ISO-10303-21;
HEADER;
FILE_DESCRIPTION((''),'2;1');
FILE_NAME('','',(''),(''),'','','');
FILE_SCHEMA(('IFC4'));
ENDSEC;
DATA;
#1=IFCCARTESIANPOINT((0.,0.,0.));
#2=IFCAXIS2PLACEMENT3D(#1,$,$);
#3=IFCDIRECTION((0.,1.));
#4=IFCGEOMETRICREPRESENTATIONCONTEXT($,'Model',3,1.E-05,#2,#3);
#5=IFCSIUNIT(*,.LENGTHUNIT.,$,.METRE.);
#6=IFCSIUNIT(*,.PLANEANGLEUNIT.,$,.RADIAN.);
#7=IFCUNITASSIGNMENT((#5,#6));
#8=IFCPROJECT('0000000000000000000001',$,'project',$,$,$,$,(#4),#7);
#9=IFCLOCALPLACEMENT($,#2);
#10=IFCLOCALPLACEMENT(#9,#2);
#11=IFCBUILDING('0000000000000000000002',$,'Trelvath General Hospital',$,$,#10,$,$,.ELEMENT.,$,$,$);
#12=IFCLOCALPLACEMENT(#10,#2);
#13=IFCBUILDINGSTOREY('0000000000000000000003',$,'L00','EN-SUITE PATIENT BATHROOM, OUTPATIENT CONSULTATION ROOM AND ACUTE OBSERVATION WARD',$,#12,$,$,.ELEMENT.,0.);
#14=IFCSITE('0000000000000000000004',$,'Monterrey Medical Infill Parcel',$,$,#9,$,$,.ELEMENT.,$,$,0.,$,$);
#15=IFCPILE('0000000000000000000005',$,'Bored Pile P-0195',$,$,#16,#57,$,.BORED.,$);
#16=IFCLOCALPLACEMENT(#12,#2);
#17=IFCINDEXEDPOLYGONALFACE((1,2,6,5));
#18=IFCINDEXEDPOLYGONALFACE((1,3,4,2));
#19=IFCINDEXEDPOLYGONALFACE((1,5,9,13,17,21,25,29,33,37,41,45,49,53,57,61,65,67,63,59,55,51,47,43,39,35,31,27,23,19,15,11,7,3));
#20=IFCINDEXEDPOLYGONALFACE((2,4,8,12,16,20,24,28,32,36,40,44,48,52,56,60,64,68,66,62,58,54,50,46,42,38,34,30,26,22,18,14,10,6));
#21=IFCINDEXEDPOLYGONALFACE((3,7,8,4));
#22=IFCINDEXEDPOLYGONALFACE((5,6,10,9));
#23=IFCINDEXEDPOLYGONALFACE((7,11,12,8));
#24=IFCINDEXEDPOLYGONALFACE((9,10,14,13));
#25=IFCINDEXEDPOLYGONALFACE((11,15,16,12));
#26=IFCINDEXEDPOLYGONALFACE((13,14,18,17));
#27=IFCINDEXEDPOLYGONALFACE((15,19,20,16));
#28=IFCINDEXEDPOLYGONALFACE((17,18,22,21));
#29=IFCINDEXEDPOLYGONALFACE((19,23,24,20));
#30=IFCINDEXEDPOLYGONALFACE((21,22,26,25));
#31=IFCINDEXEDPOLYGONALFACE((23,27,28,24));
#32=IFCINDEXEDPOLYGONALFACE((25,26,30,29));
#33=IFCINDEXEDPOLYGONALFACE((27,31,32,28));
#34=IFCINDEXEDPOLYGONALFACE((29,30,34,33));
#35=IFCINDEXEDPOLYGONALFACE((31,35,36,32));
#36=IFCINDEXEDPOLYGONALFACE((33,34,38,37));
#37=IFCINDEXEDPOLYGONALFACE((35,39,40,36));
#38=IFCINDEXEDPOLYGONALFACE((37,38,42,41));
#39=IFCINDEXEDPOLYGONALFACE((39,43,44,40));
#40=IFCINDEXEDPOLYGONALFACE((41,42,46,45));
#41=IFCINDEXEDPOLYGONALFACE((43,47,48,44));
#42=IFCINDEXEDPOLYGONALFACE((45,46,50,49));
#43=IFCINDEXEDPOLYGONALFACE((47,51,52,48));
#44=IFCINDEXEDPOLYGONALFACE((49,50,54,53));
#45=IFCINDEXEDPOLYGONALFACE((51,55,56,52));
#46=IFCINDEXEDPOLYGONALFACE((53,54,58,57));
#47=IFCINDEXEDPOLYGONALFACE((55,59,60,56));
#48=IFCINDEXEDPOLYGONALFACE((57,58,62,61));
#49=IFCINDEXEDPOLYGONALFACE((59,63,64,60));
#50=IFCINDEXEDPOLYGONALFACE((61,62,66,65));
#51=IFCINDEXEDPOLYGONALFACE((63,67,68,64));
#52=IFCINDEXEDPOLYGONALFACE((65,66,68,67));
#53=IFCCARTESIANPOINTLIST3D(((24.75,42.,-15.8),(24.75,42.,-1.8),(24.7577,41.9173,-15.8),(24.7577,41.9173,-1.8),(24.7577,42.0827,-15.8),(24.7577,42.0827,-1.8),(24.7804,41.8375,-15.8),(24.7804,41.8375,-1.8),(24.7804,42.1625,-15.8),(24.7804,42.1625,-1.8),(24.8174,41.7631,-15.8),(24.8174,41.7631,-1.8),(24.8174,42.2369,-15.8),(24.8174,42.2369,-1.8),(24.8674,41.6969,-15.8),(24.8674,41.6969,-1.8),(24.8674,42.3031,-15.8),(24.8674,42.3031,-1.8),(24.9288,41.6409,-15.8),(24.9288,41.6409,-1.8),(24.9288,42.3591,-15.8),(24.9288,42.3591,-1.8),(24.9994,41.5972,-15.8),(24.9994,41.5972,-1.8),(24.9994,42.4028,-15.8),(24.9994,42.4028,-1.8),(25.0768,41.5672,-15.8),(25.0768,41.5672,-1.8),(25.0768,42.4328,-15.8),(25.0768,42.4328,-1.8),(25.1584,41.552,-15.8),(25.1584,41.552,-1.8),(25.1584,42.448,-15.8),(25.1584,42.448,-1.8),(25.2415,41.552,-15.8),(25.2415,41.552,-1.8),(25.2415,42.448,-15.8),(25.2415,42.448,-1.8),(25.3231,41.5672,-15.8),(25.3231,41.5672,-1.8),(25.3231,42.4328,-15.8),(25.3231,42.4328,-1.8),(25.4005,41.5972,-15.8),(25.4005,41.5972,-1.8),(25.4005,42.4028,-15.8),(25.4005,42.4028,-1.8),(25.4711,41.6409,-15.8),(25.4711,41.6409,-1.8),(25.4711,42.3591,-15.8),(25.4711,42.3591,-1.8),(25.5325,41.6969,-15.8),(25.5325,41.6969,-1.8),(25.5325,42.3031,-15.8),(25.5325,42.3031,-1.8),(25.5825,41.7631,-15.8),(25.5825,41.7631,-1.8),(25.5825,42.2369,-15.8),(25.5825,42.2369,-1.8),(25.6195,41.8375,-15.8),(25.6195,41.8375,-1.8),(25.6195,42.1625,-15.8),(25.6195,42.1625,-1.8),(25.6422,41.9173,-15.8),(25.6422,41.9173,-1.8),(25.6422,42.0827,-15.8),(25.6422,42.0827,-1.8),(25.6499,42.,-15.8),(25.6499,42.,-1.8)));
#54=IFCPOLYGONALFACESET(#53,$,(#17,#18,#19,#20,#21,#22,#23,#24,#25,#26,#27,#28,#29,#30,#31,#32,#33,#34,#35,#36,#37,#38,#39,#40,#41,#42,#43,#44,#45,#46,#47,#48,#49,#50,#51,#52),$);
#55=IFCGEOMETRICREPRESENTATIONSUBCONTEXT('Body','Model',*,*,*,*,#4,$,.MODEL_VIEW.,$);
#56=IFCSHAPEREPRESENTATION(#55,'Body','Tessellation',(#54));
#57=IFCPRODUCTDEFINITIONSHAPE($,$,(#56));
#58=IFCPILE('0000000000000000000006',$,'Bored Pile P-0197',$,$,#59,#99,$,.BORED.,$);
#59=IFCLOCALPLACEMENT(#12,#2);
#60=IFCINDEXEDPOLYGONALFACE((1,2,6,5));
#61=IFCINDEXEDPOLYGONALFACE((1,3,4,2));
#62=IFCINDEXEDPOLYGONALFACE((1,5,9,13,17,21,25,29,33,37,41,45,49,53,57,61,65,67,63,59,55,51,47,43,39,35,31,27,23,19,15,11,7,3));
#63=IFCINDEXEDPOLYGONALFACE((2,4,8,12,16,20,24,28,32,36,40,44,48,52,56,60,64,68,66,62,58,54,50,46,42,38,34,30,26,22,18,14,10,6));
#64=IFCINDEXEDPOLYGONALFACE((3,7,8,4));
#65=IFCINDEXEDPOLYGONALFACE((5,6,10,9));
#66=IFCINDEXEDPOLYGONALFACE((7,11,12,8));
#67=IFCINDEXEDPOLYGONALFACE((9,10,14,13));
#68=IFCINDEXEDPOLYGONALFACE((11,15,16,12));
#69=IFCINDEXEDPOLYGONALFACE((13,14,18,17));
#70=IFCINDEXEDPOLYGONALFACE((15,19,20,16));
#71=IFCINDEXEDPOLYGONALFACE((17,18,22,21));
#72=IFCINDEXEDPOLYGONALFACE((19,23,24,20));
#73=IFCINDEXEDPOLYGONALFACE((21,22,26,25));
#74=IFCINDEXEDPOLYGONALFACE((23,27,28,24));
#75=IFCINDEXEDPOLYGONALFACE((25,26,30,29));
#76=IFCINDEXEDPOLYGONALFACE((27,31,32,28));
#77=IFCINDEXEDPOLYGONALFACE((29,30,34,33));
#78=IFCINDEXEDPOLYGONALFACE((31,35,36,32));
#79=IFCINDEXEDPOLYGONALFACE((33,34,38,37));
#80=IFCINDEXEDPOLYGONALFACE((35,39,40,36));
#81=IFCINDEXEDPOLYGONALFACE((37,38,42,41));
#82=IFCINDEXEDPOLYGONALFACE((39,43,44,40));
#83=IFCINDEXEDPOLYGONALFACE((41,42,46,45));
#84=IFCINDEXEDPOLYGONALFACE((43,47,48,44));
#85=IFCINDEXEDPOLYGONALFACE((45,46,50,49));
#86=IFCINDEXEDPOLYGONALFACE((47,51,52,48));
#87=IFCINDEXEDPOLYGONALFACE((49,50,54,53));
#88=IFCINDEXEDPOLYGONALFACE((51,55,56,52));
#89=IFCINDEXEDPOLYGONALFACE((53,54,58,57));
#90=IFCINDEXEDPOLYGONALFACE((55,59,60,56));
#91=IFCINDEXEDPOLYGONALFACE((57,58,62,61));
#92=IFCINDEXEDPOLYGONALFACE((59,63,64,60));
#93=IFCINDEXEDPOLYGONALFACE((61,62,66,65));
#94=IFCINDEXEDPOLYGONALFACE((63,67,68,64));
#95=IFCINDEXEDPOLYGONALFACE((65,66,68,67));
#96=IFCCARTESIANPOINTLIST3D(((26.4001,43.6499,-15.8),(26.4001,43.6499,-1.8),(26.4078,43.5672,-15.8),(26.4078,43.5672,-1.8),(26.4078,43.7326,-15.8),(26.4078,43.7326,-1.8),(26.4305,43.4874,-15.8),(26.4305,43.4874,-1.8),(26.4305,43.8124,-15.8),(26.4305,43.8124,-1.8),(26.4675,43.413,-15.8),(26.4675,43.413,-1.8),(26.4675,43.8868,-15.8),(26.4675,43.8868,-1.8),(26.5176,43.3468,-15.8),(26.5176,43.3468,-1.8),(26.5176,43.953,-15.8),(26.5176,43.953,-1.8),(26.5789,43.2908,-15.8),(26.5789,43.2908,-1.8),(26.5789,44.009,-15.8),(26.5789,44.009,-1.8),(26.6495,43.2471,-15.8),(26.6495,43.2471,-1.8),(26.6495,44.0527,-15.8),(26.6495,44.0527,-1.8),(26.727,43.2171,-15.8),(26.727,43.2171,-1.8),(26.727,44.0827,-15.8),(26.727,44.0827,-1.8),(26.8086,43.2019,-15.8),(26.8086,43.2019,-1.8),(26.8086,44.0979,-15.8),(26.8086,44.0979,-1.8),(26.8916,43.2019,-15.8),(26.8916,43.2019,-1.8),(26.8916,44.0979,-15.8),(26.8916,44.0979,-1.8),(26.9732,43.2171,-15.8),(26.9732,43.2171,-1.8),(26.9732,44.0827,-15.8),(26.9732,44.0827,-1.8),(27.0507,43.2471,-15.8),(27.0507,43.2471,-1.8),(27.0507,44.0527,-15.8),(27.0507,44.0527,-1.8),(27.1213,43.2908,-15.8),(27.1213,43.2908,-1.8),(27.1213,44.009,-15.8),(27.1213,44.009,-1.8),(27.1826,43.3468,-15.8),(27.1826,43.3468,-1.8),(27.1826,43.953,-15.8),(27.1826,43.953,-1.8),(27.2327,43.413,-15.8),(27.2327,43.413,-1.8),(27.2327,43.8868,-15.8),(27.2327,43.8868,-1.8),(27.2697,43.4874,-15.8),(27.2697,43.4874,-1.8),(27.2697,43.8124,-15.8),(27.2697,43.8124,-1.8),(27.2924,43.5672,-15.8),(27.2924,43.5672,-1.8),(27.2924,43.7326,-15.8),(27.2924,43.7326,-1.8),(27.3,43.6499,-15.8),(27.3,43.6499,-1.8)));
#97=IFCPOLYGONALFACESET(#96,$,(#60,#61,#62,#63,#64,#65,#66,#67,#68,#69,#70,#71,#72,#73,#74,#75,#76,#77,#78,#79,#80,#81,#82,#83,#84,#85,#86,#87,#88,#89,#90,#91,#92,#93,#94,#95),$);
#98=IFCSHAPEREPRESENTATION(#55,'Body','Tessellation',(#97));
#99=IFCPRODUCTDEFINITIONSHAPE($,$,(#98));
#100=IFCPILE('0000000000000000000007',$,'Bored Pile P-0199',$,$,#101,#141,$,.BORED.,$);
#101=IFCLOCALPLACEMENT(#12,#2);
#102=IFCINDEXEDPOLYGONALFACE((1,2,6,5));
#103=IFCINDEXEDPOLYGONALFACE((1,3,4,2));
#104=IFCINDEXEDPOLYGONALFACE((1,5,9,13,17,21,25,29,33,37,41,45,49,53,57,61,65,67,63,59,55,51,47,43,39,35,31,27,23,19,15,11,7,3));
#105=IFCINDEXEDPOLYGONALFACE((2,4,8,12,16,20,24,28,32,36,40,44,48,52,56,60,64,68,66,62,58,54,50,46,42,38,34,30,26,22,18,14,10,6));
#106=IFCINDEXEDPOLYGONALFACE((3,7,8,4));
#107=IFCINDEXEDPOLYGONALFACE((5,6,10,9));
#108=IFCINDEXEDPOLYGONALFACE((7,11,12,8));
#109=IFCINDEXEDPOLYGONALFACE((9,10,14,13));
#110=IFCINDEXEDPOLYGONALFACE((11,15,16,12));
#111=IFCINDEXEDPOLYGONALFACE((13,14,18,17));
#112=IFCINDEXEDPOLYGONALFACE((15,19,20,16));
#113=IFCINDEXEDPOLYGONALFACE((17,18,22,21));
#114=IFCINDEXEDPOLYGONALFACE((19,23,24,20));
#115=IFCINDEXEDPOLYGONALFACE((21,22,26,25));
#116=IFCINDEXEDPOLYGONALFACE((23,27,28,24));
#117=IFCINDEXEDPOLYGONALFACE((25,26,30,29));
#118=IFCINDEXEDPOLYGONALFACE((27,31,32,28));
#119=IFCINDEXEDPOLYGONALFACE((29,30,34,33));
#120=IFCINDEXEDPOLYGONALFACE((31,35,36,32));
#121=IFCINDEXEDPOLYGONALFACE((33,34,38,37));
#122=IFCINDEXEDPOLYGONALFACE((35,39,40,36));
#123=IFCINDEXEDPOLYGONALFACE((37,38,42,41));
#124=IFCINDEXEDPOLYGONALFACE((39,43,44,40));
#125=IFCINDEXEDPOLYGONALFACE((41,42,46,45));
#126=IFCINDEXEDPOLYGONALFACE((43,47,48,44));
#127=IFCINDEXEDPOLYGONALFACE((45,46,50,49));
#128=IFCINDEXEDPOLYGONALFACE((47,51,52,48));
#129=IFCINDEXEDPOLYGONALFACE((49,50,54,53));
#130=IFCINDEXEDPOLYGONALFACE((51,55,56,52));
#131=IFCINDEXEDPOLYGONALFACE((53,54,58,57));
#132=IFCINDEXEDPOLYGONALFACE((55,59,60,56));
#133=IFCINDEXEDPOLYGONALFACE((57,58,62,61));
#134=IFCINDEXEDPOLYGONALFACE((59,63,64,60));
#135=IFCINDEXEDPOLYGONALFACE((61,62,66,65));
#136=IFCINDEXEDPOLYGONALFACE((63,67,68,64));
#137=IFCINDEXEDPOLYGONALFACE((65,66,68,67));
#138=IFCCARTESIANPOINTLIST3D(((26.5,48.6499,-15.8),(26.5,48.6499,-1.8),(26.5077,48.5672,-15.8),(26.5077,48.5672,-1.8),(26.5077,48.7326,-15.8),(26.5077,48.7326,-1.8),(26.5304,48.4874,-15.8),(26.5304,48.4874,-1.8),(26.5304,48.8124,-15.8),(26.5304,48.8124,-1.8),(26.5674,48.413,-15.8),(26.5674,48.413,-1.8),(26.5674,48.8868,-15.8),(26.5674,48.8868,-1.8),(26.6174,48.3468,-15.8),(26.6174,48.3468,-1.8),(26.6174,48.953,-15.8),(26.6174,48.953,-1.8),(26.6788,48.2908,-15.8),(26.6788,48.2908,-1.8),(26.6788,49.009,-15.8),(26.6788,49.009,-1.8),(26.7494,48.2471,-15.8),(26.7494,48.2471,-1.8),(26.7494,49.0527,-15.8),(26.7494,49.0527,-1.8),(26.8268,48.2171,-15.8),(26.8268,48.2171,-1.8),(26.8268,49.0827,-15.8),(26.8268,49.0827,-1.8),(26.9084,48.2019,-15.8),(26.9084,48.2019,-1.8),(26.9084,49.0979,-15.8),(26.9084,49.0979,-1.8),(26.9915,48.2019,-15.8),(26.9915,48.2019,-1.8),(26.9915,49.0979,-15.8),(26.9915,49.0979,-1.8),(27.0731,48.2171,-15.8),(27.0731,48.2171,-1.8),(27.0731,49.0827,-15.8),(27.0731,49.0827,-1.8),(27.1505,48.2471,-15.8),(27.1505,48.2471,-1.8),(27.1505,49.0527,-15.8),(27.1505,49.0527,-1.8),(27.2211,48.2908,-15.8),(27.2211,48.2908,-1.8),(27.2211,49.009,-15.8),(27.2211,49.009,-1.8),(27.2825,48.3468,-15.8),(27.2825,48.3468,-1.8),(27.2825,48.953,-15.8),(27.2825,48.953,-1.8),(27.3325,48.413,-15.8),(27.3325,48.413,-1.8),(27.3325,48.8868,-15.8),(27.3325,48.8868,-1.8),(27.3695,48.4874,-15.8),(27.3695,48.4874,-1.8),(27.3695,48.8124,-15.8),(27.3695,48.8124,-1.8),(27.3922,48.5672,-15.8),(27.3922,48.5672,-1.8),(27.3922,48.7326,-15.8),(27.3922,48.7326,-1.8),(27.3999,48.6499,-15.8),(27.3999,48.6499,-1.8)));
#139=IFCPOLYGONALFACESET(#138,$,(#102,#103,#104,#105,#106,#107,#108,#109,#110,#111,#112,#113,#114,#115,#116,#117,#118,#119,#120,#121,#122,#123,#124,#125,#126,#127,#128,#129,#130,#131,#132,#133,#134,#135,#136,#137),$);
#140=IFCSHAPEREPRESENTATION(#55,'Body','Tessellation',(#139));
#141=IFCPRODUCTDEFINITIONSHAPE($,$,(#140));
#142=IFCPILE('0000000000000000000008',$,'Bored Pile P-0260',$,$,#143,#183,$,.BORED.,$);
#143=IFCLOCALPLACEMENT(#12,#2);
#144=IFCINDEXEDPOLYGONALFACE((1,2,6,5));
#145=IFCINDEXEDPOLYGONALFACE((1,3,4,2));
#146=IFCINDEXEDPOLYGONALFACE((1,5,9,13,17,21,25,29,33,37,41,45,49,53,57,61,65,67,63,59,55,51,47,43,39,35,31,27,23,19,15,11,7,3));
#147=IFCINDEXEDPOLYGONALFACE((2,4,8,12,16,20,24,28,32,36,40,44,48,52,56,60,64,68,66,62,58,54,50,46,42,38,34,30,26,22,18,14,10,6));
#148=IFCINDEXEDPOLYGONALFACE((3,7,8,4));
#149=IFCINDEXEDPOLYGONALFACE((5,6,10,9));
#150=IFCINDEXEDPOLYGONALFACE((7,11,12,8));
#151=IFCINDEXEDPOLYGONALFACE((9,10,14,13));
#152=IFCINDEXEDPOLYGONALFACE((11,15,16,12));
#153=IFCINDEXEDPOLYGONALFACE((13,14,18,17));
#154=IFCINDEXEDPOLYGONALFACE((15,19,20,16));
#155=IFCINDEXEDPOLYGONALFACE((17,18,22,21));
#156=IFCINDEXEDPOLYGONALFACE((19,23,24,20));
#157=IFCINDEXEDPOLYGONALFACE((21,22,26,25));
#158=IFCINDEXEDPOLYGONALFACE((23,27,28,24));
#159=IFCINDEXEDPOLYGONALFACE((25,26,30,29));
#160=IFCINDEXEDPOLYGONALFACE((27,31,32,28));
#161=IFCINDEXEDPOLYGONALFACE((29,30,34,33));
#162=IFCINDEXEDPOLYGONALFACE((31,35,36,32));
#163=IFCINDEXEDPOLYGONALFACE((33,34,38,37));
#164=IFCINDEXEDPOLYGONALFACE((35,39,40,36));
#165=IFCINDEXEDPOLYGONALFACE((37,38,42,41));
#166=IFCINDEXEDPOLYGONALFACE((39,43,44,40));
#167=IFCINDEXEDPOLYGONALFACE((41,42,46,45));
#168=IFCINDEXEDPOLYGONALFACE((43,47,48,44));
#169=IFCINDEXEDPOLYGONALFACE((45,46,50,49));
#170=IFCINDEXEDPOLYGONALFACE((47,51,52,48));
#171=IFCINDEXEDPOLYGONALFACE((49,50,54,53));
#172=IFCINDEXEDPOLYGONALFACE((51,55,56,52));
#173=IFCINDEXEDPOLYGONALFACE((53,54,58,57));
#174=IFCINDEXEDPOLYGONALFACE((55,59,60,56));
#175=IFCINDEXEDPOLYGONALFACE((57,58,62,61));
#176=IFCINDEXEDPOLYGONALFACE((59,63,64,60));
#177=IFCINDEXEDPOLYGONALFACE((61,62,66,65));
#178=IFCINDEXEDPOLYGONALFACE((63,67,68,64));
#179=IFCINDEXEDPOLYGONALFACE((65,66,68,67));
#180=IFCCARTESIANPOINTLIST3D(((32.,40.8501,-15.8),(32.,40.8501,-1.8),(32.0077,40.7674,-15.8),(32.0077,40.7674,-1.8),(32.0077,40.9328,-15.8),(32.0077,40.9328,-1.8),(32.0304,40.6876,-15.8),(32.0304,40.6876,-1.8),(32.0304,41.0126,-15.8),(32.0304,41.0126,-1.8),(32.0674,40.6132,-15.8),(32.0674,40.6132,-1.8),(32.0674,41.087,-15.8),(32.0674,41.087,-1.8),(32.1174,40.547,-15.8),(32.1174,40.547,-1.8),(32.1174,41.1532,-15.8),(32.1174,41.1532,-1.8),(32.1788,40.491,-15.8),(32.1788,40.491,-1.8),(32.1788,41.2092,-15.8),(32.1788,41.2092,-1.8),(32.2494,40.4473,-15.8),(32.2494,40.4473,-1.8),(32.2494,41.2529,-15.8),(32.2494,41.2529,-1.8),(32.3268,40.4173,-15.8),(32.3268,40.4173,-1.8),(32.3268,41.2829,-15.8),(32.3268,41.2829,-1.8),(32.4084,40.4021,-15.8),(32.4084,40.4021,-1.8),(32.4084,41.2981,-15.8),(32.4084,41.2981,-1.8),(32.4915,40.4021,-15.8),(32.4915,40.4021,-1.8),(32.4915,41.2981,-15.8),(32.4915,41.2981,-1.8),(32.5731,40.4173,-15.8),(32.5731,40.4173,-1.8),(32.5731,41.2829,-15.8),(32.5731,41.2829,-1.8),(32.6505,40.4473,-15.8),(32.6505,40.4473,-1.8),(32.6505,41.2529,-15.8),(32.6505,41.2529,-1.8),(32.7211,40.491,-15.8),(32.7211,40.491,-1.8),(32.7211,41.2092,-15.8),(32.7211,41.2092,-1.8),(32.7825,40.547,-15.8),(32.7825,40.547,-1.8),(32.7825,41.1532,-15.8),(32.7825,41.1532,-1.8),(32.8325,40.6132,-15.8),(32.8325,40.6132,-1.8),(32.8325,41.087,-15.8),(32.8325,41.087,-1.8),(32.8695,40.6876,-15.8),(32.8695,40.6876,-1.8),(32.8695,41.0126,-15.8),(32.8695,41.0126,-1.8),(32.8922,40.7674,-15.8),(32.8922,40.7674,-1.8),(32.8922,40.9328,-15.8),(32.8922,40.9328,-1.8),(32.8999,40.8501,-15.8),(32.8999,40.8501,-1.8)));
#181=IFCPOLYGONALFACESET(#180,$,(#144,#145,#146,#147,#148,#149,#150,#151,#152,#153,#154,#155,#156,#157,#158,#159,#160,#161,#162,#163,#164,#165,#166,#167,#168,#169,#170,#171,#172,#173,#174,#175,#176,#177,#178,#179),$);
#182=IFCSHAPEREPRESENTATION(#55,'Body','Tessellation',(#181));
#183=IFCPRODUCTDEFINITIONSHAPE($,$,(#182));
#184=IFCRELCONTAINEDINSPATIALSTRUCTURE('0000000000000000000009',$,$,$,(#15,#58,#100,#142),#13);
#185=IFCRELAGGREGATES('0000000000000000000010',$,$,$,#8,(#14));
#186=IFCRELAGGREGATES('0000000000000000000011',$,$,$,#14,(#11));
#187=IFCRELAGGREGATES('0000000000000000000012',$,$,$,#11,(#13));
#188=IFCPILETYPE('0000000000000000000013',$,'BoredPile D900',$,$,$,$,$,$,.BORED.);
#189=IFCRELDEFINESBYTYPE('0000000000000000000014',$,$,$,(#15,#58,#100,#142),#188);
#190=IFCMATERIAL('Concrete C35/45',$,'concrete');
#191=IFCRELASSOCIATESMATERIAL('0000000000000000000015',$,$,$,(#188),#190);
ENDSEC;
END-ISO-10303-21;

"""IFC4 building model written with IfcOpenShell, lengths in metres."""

from ifc_helpers import new_model, si_unit, direction, frame, origin, origin_2d, place, context, subcontext, project, spatial, circle, extrude, material, material_profile, profile_set, type_object, element, save


model = new_model("IFC4")

# Units and contexts
model_context = context("Model", 3, precision=1e-05, world=origin(), true_north=direction((0.0, 1.0)))
body_context = subcontext(model_context, "Body", "Model", "MODEL_VIEW")
ifc_project = project(units=[si_unit("LENGTHUNIT", "METRE"), si_unit("PLANEANGLEUNIT", "RADIAN")], contexts=[model_context])

# Site, building, storey
site_placement = place(None, origin())
site = spatial("IfcSite", under=ifc_project, at=site_placement, Name="Monterrey Medical Infill Parcel", CompositionType="ELEMENT", RefElevation=0.0)
building_placement = place(site_placement, origin())
building = spatial("IfcBuilding", under=site, at=building_placement, Name="Trelvath General Hospital", CompositionType="ELEMENT")
storey_placement = place(building_placement, origin())
storey = spatial("IfcBuildingStorey", under=building, at=storey_placement, Name="L00", Description="EN-SUITE PATIENT BATHROOM, OUTPATIENT CONSULTATION ROOM AND ACUTE OBSERVATION WARD", CompositionType="ELEMENT", Elevation=0.0)

# Piles
ifc_material_1 = material(Name="Concrete C35/45", Category="concrete")
ifc_material_profile_1 = material_profile(ifc_material_1, circle(Radius=0.45, at=origin_2d()), Name="PILE900")
ifc_profile_set_1 = profile_set([ifc_material_profile_1], Name="Concrete C35/45")
pile_type = type_object("IfcPileType", Name="BoredPile D900", PredefinedType="BORED", material=ifc_profile_set_1)
for number, where, z_axis, x_axis, name in (
    (1, (25.2, 42.0, -1.8), (0.0, 0.0, -1.0), (1.0, 0.0, 0.0), "Bored Pile P-0195"),
    (2, (26.8501, 43.6499, -1.8), (0.0, 0.0, -1.0), (1.0, 0.0, 0.0), "Bored Pile P-0197"),
    (3, (26.95, 48.6499, -1.8), (0.0, 0.0, -1.0), (1.0, 0.0, 0.0), "Bored Pile P-0199"),
    (4, (32.45, 40.8501, -1.8), (0.0, 0.0, -1.0), (1.0, 0.0, 0.0), "Bored Pile P-0260"),
):
    element("IfcPile", number, at=place(storey_placement, frame(where, z_axis=z_axis, x_axis=x_axis)), inside=storey, type_object=pile_type, Name=name, PredefinedType="BORED", context=body_context, shape_type="SweptSolid", body=[
        extrude(circle(Radius=0.45, at=origin_2d()), origin(), (0.0, 0.0, 1.0), 14.0),
    ])

save(model, "model.ifc")
